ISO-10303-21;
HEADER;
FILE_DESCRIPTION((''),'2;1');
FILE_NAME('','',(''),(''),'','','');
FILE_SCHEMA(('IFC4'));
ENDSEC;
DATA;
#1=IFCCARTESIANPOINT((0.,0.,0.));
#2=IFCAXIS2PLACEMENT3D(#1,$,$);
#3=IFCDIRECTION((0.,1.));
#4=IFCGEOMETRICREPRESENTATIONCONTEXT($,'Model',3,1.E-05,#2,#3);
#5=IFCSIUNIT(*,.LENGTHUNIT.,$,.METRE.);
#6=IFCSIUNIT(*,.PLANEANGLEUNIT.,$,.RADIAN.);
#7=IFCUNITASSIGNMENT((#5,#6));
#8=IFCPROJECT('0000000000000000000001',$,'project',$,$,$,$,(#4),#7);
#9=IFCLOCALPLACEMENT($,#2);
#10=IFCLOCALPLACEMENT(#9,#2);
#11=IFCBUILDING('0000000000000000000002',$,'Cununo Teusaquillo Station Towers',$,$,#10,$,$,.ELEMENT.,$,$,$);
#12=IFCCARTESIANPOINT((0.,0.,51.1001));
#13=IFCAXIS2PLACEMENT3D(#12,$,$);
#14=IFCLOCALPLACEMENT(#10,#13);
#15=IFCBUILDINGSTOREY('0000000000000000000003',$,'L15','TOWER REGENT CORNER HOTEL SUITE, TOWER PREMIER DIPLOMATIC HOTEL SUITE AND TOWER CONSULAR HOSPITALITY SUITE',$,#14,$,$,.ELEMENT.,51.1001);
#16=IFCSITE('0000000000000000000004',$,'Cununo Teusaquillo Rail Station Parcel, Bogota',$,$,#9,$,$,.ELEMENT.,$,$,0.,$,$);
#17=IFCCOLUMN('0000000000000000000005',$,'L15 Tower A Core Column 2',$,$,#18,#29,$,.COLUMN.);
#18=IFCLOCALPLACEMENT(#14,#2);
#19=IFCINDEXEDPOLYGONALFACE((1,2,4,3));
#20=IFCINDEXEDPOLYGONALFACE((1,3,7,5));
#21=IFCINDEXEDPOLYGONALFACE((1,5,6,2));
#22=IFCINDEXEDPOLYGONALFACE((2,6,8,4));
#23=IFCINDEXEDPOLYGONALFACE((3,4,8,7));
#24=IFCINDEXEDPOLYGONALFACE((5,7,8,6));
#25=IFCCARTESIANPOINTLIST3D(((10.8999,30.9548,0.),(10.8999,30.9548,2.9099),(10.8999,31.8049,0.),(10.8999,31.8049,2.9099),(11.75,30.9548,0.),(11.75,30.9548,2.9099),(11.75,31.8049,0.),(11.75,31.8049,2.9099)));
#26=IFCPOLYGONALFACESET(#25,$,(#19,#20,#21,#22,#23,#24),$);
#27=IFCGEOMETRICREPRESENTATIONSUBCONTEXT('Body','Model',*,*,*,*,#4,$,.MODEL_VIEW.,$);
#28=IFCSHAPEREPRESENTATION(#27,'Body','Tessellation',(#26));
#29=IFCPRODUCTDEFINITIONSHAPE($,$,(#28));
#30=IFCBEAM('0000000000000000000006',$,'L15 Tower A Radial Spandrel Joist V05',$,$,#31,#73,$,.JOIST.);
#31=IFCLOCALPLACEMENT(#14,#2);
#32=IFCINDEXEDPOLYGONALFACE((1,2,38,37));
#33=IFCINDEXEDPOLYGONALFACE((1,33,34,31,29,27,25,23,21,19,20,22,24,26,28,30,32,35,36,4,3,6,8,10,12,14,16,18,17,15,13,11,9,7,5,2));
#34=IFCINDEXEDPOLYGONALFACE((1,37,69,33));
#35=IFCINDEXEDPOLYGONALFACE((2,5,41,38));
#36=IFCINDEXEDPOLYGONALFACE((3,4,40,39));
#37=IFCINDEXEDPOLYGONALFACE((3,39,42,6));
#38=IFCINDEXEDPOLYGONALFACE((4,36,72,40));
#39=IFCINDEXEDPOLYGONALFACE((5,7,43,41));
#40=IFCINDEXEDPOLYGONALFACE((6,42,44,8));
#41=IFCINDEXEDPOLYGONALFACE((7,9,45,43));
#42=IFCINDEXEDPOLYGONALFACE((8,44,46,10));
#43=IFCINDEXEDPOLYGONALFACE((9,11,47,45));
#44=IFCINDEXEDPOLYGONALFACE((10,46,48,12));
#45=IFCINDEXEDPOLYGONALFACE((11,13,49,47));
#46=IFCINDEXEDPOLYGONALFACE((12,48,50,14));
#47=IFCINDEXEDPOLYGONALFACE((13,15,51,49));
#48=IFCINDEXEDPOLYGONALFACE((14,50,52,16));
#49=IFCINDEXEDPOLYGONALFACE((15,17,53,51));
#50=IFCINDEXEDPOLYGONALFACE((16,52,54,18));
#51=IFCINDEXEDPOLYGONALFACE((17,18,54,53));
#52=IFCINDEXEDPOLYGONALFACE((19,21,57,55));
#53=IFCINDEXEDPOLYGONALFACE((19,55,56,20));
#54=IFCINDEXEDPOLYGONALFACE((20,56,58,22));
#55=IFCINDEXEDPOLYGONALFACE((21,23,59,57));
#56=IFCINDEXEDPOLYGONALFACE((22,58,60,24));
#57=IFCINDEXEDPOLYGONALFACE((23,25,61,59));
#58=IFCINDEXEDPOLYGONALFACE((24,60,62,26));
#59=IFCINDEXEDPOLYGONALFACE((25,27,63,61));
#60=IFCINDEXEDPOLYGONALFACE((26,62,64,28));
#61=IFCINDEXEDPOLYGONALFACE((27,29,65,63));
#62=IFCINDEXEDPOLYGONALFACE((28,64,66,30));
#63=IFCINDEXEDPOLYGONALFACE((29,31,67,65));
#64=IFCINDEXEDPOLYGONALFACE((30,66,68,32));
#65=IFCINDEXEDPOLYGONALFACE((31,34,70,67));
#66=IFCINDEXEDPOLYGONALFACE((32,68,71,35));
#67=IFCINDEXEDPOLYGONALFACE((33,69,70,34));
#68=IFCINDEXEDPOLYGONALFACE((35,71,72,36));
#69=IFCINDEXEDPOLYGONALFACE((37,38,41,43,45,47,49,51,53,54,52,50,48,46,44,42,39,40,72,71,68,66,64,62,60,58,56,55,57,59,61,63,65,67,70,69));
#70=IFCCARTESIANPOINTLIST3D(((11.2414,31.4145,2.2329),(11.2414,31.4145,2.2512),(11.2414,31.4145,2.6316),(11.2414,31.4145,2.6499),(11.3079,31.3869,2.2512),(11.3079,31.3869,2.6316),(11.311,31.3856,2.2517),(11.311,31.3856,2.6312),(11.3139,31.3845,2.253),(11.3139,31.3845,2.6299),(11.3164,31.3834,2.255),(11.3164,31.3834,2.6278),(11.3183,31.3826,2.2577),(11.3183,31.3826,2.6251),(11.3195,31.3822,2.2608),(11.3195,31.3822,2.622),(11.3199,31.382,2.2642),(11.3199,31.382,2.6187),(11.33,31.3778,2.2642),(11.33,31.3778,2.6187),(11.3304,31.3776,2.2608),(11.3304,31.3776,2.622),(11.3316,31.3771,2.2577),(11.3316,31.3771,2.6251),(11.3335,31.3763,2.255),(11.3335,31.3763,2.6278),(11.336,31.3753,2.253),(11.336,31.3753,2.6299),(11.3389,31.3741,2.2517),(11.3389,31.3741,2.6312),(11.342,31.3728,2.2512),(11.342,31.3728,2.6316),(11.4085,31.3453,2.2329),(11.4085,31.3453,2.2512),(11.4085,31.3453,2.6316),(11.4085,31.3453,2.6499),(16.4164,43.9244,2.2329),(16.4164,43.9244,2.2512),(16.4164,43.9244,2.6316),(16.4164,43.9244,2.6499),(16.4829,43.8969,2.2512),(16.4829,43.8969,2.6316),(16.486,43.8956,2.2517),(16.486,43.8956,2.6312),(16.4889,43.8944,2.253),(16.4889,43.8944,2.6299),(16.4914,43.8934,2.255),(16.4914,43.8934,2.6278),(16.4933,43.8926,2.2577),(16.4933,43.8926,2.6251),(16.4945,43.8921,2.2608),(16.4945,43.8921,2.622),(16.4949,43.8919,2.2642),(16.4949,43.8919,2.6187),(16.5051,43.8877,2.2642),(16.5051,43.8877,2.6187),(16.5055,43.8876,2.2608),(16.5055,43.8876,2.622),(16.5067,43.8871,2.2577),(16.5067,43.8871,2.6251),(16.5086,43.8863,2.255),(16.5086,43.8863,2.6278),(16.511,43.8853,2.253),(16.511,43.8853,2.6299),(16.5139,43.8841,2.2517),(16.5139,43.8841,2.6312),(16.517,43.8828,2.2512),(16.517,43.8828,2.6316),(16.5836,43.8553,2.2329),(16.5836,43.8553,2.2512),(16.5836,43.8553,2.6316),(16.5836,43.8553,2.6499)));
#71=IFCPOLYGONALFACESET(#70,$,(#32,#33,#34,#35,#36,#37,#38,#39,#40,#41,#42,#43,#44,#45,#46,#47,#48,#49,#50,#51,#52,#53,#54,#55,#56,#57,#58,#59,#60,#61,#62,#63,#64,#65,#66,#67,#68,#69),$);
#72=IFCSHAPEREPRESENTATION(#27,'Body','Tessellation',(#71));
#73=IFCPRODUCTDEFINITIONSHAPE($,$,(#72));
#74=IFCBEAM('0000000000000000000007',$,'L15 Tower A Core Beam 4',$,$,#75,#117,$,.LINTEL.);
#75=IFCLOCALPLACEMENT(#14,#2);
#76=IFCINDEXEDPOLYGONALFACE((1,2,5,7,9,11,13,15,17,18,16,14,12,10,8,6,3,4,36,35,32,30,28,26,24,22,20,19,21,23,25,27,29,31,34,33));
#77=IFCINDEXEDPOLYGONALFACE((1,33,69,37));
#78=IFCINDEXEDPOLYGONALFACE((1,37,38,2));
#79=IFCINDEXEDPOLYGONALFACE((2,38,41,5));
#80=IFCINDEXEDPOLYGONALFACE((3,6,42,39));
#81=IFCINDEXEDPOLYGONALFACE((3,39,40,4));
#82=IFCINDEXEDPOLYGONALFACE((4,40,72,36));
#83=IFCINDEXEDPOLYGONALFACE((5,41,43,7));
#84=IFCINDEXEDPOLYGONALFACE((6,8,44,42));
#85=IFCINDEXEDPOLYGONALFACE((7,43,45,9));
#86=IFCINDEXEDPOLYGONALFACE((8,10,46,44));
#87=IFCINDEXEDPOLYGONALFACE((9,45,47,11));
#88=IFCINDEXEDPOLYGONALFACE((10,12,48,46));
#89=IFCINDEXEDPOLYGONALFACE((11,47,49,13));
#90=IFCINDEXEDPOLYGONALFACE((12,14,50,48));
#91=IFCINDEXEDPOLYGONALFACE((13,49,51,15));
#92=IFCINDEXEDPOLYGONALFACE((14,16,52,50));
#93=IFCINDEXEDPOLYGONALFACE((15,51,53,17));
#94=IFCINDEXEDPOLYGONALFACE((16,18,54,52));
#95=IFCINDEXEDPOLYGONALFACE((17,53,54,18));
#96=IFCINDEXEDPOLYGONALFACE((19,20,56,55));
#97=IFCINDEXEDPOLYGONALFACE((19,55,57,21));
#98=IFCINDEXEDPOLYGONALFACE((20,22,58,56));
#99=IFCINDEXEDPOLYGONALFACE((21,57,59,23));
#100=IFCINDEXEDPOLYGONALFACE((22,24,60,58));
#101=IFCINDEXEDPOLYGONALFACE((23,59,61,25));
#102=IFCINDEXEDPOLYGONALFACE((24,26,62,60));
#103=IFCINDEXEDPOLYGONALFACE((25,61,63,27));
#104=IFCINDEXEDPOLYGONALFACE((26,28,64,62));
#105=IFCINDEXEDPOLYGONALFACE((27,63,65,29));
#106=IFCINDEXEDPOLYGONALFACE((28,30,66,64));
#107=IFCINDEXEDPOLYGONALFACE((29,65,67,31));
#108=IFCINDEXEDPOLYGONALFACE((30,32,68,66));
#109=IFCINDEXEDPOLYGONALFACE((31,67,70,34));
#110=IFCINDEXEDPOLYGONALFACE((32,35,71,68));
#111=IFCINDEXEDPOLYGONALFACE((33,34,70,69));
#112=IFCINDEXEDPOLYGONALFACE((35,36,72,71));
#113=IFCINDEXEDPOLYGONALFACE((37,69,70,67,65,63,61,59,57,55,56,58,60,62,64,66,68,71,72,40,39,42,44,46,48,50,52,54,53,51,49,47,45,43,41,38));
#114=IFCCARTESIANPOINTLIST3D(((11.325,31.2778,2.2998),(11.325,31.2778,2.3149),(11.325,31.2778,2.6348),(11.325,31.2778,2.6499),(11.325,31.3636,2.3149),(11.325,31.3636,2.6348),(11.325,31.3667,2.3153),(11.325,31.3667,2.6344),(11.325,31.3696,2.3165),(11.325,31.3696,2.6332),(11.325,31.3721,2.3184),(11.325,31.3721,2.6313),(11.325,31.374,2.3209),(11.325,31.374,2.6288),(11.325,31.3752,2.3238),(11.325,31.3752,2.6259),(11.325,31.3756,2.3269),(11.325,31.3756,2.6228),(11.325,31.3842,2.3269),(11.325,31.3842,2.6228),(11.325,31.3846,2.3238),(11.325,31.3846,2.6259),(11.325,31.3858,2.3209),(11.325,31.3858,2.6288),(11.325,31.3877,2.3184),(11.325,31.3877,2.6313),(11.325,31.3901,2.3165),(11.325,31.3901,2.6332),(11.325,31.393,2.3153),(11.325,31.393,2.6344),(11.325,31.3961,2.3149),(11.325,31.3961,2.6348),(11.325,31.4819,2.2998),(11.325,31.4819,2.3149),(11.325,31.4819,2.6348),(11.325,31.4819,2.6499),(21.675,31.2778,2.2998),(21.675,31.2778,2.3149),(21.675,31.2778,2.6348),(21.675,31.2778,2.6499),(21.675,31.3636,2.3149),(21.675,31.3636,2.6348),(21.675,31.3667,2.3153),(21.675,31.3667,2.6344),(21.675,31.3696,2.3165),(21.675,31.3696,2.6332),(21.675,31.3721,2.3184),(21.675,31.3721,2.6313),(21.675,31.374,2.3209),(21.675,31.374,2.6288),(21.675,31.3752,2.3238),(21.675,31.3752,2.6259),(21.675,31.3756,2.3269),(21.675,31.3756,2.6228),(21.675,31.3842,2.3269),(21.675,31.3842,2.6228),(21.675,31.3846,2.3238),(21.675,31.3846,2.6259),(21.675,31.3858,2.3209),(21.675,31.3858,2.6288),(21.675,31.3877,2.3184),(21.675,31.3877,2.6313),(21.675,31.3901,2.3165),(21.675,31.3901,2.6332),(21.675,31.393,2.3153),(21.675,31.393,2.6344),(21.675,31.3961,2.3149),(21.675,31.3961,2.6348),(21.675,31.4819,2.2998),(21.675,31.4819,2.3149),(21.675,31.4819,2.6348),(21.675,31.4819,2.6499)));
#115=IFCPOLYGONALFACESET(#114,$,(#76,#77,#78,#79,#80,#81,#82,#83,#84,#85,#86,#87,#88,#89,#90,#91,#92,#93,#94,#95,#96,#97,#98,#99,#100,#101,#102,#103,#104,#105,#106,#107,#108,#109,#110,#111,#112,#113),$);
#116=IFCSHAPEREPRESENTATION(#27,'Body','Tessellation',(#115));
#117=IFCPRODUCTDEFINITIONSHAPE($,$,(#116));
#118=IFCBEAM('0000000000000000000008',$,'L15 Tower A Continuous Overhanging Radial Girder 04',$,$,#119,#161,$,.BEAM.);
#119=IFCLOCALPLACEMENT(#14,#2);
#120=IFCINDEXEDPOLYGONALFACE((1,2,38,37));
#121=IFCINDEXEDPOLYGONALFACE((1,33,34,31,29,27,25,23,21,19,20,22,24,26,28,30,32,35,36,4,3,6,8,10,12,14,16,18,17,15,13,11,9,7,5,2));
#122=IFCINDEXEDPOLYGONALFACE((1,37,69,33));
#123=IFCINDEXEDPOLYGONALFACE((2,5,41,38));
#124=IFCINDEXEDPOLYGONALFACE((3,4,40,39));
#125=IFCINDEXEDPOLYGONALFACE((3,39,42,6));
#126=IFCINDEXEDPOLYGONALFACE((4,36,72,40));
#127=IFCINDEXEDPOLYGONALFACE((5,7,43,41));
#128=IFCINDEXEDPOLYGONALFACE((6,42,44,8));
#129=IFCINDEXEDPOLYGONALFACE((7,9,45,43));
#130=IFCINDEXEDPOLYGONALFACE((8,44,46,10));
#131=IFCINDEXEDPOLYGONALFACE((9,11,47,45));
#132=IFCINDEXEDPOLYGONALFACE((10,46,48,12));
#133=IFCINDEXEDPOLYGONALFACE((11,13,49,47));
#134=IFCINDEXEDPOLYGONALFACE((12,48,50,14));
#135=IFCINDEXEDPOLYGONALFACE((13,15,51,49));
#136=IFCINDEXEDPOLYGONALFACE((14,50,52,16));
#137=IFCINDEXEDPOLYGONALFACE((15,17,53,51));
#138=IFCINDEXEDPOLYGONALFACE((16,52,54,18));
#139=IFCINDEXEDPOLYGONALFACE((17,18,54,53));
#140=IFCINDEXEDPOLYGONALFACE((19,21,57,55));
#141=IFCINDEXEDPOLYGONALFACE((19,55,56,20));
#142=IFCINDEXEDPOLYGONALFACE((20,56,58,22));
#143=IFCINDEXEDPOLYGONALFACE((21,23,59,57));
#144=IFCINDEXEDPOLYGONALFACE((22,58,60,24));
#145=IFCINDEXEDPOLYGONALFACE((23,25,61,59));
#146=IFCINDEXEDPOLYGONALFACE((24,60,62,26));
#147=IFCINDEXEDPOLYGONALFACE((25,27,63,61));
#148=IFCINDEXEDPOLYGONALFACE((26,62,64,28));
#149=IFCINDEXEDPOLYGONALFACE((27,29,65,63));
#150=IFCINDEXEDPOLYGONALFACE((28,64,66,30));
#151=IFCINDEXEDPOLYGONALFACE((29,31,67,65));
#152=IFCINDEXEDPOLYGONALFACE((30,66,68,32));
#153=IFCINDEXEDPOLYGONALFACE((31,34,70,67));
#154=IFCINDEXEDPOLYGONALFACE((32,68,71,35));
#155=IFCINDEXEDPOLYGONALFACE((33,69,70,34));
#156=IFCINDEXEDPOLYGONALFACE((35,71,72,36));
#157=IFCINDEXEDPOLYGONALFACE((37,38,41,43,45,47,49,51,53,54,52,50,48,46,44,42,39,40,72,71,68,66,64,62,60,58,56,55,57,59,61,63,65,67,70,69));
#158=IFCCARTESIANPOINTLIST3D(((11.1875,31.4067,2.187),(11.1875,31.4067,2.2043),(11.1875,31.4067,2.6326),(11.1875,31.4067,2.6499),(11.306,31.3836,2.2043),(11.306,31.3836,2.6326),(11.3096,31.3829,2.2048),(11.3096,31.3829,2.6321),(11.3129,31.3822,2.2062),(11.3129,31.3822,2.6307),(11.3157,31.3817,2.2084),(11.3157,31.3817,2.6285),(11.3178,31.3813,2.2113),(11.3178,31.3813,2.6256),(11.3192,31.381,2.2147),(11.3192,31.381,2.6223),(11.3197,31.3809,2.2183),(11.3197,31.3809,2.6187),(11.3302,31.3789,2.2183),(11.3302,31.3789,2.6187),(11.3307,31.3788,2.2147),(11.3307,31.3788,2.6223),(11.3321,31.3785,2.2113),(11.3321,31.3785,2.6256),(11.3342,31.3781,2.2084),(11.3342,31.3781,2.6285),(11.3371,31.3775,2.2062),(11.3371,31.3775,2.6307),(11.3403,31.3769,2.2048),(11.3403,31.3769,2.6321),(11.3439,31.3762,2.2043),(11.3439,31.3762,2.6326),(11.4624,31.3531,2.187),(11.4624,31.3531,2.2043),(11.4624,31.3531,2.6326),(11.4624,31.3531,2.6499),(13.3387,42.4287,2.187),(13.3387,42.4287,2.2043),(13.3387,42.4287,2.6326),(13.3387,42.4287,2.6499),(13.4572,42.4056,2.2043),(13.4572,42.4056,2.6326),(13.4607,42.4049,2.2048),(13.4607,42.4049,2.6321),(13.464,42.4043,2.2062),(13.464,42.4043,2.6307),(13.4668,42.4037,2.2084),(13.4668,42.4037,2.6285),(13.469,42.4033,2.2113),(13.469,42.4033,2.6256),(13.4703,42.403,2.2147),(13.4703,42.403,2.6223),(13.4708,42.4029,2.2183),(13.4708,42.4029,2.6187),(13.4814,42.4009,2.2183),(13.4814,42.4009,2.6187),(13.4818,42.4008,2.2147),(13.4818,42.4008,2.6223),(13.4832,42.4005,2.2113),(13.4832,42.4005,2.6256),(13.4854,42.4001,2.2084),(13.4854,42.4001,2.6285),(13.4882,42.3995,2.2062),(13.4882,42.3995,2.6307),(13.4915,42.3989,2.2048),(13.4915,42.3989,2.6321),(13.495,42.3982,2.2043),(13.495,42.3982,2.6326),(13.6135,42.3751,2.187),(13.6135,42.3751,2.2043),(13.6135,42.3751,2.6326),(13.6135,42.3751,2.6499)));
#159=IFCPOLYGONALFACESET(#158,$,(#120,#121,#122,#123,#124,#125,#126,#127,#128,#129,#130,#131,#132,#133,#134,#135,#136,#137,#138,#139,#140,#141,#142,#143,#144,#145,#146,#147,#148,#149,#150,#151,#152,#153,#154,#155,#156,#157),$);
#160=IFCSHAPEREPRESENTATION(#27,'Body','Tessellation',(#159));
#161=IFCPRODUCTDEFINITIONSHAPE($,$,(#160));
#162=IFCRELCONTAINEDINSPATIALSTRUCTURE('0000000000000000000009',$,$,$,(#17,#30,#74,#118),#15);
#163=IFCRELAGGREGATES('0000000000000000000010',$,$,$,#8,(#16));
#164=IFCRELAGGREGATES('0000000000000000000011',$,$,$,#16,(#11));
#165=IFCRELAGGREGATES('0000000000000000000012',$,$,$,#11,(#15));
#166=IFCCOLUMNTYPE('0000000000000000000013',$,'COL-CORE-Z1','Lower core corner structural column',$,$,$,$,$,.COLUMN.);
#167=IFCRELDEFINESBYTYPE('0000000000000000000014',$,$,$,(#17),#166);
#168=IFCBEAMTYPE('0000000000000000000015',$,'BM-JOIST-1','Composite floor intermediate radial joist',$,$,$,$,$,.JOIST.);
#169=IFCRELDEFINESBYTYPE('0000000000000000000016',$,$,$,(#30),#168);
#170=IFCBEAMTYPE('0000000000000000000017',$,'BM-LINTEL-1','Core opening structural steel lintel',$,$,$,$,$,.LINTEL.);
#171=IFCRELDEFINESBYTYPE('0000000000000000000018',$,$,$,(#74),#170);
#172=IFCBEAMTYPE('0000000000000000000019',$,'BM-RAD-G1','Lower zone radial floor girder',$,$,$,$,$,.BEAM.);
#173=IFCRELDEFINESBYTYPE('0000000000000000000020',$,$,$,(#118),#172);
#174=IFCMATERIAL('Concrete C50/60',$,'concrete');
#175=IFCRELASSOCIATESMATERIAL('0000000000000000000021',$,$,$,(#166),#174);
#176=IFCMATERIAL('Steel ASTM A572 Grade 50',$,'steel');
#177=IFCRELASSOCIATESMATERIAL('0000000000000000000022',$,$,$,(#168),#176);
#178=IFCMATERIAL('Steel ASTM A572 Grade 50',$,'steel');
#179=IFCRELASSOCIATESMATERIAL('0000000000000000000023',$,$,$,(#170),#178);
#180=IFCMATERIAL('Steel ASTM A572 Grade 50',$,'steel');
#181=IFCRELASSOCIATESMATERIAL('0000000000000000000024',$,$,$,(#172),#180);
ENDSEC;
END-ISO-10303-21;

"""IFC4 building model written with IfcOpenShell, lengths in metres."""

from ifc_helpers import new_model, si_unit, direction, frame, origin, origin_2d, place, context, subcontext, project, spatial, rectangle, i_section, extrude, material, material_profile, profile_set, type_object, element, save


model = new_model("IFC4")

# Units and contexts
model_context = context("Model", 3, precision=1e-05, world=origin(), true_north=direction((0.0, 1.0)))
body_context = subcontext(model_context, "Body", "Model", "MODEL_VIEW")
ifc_project = project(units=[si_unit("LENGTHUNIT", "METRE"), si_unit("PLANEANGLEUNIT", "RADIAN")], contexts=[model_context])

# Site, building, storey
site_placement = place(None, origin())
site = spatial("IfcSite", under=ifc_project, at=site_placement, Name="Cununo Teusaquillo Rail Station Parcel, Bogota", CompositionType="ELEMENT", RefElevation=0.0)
building_placement = place(site_placement, origin())
building = spatial("IfcBuilding", under=site, at=building_placement, Name="Cununo Teusaquillo Station Towers", CompositionType="ELEMENT")
storey_placement = place(building_placement, frame((0.0, 0.0, 51.1001)))
storey = spatial("IfcBuildingStorey", under=building, at=storey_placement, Name="L15", Description="TOWER REGENT CORNER HOTEL SUITE, TOWER PREMIER DIPLOMATIC HOTEL SUITE AND TOWER CONSULAR HOSPITALITY SUITE", CompositionType="ELEMENT", Elevation=51.1001)

# Column
ifc_material_1 = material(Name="Concrete C50/60", Category="concrete")
ifc_material_profile_1 = material_profile(ifc_material_1, rectangle(XDim=0.8501, YDim=0.8501, at=origin_2d()), Name="RC-RECT-850x850")
ifc_profile_set_1 = profile_set([ifc_material_profile_1], Name="Concrete C50/60")
column_type = type_object("IfcColumnType", Name="COL-CORE-Z1", Description="Lower core corner structural column", PredefinedType="COLUMN", material=ifc_profile_set_1)
column_placement = place(storey_placement, frame((11.325, 31.3799, 0.0), z_axis=(0.0, 0.0, 1.0), x_axis=(1.0, 0.0, 0.0)))
element("IfcColumn", 1, at=column_placement, inside=storey, type_object=column_type, Name="L15 Tower A Core Column 2", PredefinedType="COLUMN", context=body_context, shape_type="SweptSolid", body=[
    extrude(rectangle(XDim=0.8501, YDim=0.8501, at=origin_2d()), origin(), (0.0, 0.0, 1.0), 2.9099),
])

# Beams
ifc_material_2 = material(Name="Steel ASTM A572 Grade 50", Category="steel")
ifc_material_profile_2 = material_profile(ifc_material_2, i_section(OverallWidth=0.1809, OverallDepth=0.417, WebThickness=0.011, FlangeThickness=0.0183, FilletRadius=0.0129, at=origin_2d()), Name="W16X57")
ifc_profile_set_2 = profile_set([ifc_material_profile_2], Name="Steel ASTM A572 Grade 50")
beam_type_1 = type_object("IfcBeamType", Name="BM-JOIST-1", Description="Composite floor intermediate radial joist", PredefinedType="JOIST", material=ifc_profile_set_2)
beam_1_placement = place(storey_placement, frame((11.325, 31.3799, 2.4414), z_axis=(0.382257, 0.924056, 0.0), x_axis=(-0.924056, 0.382257, 0.0)))
element("IfcBeam", 2, at=beam_1_placement, inside=storey, type_object=beam_type_1, Name="L15 Tower A Radial Spandrel Joist V05", PredefinedType="JOIST", context=body_context, shape_type="SweptSolid", body=[
    extrude(i_section(OverallWidth=0.1809, OverallDepth=0.417, WebThickness=0.011, FlangeThickness=0.0183, FilletRadius=0.0129, at=origin_2d()), origin(), (0.0, 0.0, 1.0), 13.5381),
])
ifc_material_3 = material(Name="Steel ASTM A572 Grade 50", Category="steel")
ifc_material_profile_3 = material_profile(ifc_material_3, i_section(OverallWidth=0.2041, OverallDepth=0.3501, WebThickness=0.0085, FlangeThickness=0.0151, FilletRadius=0.012, at=origin_2d()), Name="W14X48")
ifc_profile_set_3 = profile_set([ifc_material_profile_3], Name="Steel ASTM A572 Grade 50")
beam_type_2 = type_object("IfcBeamType", Name="BM-LINTEL-1", Description="Core opening structural steel lintel", PredefinedType="LINTEL", material=ifc_profile_set_3)
beam_2_placement = place(storey_placement, frame((11.325, 31.3799, 2.4749), z_axis=(1.0, 0.0, 0.0), x_axis=(0.0, 1.0, 0.0)))
element("IfcBeam", 3, at=beam_2_placement, inside=storey, type_object=beam_type_2, Name="L15 Tower A Core Beam 4", PredefinedType="LINTEL", context=body_context, shape_type="SweptSolid", body=[
    extrude(i_section(OverallWidth=0.2041, OverallDepth=0.3501, WebThickness=0.0085, FlangeThickness=0.0151, FilletRadius=0.012, at=origin_2d()), origin(), (0.0, 0.0, 1.0), 10.3501),
])
ifc_material_4 = material(Name="Steel ASTM A572 Grade 50", Category="steel")
ifc_material_profile_4 = material_profile(ifc_material_4, i_section(OverallWidth=0.28, OverallDepth=0.4629, WebThickness=0.0107, FlangeThickness=0.0173, FilletRadius=0.0139, at=origin_2d()), Name="W18X76")
ifc_profile_set_4 = profile_set([ifc_material_profile_4], Name="Steel ASTM A572 Grade 50")
beam_type_3 = type_object("IfcBeamType", Name="BM-RAD-G1", Description="Lower zone radial floor girder", PredefinedType="BEAM", material=ifc_profile_set_4)
beam_3_placement = place(storey_placement, frame((11.325, 31.3799, 2.4185), z_axis=(0.191553, 0.981482, 0.0), x_axis=(-0.981482, 0.191553, 0.0)))
element("IfcBeam", 4, at=beam_3_placement, inside=storey, type_object=beam_type_3, Name="L15 Tower A Continuous Overhanging Radial Girder 04", PredefinedType="BEAM", context=body_context, shape_type="SweptSolid", body=[
    extrude(i_section(OverallWidth=0.28, OverallDepth=0.4629, WebThickness=0.0107, FlangeThickness=0.0173, FilletRadius=0.0139, at=origin_2d()), origin(), (0.0, 0.0, 1.0), 11.23),
])

save(model, "model.ifc")
